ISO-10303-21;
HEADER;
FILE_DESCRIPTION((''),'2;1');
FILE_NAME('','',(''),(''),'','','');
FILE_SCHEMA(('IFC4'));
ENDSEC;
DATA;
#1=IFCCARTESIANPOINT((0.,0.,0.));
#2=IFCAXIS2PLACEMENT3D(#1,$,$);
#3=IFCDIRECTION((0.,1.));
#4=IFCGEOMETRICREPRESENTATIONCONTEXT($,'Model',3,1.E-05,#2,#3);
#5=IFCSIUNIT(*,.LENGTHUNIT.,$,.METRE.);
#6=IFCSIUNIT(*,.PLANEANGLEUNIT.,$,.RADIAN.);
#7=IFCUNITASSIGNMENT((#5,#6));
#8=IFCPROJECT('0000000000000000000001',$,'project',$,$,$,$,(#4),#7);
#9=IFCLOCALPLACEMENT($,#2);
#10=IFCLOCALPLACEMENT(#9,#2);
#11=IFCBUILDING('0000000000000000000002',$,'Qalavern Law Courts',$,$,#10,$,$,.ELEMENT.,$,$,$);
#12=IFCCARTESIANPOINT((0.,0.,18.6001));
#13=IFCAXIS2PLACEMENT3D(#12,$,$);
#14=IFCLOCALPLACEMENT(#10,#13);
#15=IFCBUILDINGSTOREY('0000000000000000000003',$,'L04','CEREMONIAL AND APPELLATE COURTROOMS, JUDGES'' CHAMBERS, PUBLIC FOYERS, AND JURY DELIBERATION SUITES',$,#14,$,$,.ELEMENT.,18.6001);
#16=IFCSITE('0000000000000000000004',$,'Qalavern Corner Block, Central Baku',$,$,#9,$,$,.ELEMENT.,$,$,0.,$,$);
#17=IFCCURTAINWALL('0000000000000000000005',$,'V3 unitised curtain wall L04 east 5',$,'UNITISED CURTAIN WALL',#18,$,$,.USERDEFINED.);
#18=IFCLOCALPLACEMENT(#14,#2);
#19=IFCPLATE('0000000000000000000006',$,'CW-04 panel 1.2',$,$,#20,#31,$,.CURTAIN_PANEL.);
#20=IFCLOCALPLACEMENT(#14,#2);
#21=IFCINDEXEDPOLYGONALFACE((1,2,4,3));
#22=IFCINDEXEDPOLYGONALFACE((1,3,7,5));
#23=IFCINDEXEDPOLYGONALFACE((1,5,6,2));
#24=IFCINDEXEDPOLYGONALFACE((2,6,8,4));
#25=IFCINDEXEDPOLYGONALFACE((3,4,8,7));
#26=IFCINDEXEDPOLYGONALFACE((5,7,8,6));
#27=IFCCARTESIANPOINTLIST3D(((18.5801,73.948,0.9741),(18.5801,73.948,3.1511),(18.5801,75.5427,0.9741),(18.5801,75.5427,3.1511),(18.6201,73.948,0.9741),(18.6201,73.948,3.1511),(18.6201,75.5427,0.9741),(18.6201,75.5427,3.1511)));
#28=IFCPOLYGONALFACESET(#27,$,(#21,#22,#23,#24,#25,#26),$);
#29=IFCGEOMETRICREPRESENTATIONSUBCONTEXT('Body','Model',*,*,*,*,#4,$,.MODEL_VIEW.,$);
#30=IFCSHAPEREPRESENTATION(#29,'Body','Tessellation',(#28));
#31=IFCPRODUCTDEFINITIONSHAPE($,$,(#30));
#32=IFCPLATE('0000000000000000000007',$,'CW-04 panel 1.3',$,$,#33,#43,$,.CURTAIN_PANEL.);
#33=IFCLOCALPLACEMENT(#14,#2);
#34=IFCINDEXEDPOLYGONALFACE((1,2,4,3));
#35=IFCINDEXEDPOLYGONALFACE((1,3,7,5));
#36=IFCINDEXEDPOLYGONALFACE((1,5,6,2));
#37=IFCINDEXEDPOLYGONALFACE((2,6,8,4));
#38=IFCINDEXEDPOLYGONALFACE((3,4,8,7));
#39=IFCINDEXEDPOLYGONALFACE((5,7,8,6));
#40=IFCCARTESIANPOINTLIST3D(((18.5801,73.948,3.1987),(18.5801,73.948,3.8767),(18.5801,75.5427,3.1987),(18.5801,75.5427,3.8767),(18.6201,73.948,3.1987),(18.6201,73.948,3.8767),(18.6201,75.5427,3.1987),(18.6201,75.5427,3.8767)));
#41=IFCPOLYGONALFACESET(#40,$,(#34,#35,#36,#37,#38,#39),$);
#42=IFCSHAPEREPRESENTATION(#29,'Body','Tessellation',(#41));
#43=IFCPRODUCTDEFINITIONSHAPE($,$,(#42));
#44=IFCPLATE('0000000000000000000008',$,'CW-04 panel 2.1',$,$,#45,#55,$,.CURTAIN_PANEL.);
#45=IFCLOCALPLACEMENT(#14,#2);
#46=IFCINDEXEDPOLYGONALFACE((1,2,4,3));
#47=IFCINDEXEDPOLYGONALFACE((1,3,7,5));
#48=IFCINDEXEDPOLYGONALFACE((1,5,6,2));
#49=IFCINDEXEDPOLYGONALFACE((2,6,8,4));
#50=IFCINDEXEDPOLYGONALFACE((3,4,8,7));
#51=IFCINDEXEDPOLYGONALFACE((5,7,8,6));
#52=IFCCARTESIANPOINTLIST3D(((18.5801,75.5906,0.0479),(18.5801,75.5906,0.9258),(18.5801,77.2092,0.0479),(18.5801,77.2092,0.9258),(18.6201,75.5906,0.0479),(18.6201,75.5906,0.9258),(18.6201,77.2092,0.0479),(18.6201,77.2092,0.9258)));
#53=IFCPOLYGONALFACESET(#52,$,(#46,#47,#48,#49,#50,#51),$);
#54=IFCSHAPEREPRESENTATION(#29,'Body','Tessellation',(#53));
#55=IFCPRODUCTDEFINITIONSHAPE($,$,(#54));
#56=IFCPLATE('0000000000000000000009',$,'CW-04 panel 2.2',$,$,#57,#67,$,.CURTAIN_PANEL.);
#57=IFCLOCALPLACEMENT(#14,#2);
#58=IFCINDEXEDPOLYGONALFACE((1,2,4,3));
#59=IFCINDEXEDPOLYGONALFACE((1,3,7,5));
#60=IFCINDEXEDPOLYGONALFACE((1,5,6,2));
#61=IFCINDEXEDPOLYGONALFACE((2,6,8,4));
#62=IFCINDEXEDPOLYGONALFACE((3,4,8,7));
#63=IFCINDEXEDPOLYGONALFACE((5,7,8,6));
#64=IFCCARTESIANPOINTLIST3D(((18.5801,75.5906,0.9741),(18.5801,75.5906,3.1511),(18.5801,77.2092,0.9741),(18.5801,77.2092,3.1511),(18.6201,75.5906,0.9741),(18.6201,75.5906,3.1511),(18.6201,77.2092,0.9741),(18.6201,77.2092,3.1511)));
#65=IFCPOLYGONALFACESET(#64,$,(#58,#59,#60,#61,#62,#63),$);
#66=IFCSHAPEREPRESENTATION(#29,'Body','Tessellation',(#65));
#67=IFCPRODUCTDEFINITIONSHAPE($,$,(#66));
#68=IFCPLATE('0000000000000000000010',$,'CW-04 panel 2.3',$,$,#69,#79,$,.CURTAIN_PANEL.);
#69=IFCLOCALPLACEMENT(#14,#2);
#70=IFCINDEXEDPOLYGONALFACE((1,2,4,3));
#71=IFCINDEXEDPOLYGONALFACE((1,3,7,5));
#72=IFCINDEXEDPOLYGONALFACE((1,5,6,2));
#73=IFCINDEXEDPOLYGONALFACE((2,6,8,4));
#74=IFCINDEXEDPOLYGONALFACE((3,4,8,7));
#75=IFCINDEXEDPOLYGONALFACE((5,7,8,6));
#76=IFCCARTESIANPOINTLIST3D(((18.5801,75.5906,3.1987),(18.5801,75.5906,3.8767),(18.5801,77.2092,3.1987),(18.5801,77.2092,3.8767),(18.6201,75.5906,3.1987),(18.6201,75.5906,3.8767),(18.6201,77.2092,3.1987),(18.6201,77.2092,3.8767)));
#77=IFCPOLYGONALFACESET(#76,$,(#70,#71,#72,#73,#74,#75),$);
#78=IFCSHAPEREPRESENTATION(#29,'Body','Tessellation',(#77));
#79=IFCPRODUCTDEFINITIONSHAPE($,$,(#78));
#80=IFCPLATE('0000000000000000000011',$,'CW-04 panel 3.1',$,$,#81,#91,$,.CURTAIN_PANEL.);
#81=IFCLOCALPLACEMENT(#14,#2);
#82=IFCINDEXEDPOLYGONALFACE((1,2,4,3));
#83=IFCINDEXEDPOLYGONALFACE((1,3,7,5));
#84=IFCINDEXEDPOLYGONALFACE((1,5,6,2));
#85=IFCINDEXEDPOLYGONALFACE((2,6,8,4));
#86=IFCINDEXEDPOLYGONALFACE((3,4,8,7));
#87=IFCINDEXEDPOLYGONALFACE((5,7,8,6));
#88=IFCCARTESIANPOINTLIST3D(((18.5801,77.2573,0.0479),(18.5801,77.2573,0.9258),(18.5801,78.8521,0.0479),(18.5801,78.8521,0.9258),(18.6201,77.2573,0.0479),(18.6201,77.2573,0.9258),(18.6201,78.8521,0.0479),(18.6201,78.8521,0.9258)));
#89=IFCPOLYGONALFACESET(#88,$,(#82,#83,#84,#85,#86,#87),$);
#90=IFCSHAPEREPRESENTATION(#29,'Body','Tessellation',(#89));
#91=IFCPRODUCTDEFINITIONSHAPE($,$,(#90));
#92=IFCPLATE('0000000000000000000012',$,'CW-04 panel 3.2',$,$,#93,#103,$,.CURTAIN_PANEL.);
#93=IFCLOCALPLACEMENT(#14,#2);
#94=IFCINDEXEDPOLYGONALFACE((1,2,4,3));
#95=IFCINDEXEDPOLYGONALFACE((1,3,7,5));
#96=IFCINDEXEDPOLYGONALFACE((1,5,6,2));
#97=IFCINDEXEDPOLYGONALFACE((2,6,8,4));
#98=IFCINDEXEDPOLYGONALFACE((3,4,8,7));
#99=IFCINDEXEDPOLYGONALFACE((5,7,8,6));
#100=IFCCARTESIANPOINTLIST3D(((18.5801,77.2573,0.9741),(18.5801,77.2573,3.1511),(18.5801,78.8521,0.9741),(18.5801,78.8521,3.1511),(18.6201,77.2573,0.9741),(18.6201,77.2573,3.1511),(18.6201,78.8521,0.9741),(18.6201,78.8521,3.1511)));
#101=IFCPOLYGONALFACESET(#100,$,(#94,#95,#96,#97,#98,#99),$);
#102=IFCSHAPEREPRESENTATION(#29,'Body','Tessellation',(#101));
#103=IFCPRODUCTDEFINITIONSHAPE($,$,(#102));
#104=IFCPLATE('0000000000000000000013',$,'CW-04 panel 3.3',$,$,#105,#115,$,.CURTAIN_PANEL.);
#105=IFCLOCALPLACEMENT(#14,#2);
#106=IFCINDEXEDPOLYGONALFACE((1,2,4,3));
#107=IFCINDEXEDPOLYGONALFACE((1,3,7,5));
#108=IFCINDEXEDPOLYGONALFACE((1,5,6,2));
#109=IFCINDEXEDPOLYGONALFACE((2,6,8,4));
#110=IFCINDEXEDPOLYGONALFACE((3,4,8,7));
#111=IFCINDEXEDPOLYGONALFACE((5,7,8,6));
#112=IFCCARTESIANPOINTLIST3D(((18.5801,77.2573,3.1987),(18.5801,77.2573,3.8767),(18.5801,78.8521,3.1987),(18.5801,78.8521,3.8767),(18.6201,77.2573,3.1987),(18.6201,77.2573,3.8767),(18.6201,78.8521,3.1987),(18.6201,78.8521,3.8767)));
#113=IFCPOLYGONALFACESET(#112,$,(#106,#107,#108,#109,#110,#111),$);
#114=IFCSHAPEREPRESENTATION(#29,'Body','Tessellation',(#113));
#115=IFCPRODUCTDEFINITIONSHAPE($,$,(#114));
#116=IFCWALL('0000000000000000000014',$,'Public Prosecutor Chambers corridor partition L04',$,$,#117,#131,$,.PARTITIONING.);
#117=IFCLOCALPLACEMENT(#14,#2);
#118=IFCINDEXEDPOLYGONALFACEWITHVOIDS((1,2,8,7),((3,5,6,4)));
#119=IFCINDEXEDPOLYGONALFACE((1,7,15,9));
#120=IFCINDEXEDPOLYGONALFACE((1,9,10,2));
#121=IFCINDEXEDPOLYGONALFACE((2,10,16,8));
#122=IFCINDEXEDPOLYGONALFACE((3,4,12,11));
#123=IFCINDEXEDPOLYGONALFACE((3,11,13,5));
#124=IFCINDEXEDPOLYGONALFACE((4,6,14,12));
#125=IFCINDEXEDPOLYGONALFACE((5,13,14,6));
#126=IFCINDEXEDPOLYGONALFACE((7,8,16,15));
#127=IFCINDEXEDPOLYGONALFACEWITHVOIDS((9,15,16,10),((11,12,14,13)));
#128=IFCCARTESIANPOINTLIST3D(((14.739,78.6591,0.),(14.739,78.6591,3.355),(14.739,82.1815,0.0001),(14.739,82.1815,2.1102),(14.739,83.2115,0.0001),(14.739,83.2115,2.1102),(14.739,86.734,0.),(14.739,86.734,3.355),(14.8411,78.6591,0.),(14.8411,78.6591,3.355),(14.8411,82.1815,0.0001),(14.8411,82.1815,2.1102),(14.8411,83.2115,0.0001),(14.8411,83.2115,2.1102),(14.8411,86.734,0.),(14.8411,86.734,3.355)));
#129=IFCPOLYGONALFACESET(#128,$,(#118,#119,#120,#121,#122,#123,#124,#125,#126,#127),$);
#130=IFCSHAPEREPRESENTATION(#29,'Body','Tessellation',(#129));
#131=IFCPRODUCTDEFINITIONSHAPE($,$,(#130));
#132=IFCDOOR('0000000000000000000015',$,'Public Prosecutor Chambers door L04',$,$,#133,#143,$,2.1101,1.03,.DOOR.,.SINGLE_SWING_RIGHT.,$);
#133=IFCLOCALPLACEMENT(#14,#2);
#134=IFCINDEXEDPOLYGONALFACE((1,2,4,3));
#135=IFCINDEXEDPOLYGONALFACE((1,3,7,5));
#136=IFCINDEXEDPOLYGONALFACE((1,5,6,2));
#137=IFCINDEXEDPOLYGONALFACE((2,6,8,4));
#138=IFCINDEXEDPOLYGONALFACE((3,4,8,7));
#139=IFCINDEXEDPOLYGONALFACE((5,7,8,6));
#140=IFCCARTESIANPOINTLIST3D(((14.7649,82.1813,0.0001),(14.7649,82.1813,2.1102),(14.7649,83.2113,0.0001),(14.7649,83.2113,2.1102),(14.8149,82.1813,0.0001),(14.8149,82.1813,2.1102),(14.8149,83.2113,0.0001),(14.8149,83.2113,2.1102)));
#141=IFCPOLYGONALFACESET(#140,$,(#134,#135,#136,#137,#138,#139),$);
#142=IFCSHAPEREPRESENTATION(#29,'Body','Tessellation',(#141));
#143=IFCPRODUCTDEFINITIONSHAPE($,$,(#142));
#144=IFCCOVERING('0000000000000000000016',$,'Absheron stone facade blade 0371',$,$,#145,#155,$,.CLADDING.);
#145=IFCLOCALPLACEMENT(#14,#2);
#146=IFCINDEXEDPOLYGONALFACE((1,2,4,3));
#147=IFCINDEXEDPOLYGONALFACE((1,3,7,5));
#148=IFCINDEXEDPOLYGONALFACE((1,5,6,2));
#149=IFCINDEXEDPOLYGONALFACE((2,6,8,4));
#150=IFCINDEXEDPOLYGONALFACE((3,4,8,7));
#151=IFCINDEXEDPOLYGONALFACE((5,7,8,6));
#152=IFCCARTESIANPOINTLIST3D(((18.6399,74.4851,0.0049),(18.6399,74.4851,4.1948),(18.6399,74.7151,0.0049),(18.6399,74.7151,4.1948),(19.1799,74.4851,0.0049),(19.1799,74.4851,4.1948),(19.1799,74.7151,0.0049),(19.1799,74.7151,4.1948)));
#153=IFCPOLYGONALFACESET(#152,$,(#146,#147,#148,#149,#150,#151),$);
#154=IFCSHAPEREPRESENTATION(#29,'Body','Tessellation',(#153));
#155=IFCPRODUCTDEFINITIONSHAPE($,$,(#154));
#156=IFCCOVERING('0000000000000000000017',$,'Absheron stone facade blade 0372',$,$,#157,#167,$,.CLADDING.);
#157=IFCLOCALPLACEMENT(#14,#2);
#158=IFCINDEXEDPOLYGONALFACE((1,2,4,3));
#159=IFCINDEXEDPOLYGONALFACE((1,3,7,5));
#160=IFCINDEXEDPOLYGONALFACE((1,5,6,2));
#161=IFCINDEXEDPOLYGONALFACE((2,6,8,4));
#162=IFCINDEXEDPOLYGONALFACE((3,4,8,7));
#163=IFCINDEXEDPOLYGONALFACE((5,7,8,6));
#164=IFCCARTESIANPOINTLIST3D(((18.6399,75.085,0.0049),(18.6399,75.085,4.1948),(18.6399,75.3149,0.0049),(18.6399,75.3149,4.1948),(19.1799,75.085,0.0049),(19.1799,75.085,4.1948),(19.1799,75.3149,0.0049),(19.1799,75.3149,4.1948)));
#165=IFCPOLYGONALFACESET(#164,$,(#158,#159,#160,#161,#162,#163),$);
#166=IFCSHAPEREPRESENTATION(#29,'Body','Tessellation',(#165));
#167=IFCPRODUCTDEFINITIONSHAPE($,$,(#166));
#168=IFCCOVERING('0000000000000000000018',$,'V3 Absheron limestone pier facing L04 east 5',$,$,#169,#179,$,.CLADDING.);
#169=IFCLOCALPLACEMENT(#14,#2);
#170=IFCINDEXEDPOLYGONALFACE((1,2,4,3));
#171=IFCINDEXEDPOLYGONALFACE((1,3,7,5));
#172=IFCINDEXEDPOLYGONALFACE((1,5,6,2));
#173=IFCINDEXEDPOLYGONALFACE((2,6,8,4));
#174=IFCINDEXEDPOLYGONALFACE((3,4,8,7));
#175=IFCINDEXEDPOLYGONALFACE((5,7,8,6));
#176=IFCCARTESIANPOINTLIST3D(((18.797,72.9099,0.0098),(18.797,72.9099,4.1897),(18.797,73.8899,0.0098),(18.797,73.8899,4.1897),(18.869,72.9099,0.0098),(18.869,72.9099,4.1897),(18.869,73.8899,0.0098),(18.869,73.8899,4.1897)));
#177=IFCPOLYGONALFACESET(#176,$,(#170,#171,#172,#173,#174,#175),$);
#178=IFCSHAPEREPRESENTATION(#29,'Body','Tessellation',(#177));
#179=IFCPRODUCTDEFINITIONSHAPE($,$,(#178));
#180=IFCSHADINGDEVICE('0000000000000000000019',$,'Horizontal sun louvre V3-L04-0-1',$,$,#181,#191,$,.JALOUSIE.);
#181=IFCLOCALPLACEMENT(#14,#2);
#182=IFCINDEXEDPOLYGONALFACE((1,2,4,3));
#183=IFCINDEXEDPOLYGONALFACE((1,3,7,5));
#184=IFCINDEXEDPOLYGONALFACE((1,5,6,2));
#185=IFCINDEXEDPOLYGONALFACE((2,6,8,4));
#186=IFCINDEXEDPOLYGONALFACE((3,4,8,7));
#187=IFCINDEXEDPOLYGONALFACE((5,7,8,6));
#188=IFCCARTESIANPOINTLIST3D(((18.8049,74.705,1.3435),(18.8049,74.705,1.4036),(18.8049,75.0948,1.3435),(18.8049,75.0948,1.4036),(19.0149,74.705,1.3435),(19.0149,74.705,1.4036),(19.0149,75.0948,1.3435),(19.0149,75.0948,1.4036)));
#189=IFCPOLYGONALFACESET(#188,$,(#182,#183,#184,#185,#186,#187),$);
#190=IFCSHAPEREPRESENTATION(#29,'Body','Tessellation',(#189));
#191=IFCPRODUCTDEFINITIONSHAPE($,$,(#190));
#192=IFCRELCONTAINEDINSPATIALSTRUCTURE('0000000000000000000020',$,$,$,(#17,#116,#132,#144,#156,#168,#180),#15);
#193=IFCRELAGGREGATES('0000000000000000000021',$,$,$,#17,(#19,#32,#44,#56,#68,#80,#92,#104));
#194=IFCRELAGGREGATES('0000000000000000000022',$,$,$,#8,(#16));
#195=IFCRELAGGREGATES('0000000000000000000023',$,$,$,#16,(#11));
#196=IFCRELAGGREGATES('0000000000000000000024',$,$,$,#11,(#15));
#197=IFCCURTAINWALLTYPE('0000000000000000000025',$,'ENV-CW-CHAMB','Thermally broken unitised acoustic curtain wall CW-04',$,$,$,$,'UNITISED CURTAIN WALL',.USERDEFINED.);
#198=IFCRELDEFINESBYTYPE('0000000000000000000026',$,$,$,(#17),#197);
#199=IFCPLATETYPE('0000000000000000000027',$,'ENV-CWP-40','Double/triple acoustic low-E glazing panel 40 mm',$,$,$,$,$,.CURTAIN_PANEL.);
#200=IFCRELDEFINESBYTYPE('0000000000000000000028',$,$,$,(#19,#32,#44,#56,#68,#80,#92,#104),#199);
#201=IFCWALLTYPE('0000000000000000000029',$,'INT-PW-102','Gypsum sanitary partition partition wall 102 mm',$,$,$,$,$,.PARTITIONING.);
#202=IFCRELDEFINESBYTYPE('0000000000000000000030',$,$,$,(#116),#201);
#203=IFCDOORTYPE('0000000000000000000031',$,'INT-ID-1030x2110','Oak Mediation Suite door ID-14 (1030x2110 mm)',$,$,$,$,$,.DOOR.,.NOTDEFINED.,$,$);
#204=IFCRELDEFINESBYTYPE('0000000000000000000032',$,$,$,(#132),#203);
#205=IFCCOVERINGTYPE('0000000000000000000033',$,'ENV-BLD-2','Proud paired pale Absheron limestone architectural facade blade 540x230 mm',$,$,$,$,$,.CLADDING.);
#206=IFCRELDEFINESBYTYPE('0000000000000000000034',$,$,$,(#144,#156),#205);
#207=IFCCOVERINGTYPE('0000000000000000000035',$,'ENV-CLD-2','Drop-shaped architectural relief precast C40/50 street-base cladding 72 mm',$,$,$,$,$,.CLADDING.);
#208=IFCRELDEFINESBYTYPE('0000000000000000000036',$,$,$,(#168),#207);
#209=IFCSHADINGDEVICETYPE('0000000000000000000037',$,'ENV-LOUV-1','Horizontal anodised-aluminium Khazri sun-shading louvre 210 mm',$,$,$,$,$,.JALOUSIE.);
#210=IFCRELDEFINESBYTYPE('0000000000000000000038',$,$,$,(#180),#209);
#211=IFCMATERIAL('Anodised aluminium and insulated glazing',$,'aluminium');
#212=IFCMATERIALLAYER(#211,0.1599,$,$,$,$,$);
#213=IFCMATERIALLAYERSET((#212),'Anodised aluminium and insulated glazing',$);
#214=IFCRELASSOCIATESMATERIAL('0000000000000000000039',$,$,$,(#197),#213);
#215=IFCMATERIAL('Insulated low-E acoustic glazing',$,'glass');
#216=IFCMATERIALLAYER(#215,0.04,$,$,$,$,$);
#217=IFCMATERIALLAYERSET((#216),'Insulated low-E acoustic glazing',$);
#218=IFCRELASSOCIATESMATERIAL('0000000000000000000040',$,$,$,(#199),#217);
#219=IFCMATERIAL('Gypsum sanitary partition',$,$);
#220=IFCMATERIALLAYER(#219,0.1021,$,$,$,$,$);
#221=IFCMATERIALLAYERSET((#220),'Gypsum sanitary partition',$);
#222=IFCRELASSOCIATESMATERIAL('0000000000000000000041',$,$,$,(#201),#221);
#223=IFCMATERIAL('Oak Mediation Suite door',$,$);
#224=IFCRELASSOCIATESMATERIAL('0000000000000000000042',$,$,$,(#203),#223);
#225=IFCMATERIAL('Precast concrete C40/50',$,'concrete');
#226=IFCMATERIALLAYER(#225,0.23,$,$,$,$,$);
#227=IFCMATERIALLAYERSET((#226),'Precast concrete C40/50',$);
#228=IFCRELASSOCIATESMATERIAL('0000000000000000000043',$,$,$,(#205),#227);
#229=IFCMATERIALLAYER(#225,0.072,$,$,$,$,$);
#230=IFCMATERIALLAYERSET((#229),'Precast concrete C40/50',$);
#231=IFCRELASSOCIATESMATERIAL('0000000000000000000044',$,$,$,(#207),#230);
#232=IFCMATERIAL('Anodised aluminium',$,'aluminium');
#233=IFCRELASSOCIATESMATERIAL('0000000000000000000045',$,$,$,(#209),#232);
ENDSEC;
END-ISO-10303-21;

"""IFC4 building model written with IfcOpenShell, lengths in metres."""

from ifc_helpers import new_model, si_unit, direction, frame, frame_2d, origin, origin_2d, place, context, subcontext, project, spatial, rectangle, extrude, material, layer, layer_set, type_object, element, fill, aggregate, save


model = new_model("IFC4")

# Units and contexts
model_context = context("Model", 3, precision=1e-05, world=origin(), true_north=direction((0.0, 1.0)))
body_context = subcontext(model_context, "Body", "Model", "MODEL_VIEW")
ifc_project = project(units=[si_unit("LENGTHUNIT", "METRE"), si_unit("PLANEANGLEUNIT", "RADIAN")], contexts=[model_context])

# Site, building, storey
site_placement = place(None, origin())
site = spatial("IfcSite", under=ifc_project, at=site_placement, Name="Qalavern Corner Block, Central Baku", CompositionType="ELEMENT", RefElevation=0.0)
building_placement = place(site_placement, origin())
building = spatial("IfcBuilding", under=site, at=building_placement, Name="Qalavern Law Courts", CompositionType="ELEMENT")
storey_placement = place(building_placement, frame((0.0, 0.0, 18.6001)))
storey = spatial("IfcBuildingStorey", under=building, at=storey_placement, Name="L04", Description="CEREMONIAL AND APPELLATE COURTROOMS, JUDGES' CHAMBERS, PUBLIC FOYERS, AND JURY DELIBERATION SUITES", CompositionType="ELEMENT", Elevation=18.6001)

# Curtain wall
ifc_material_1 = material(Name="Anodised aluminium and insulated glazing", Category="aluminium")
ifc_layer_1 = layer(ifc_material_1, 0.1599)
ifc_layer_set_1 = layer_set([ifc_layer_1], Name="Anodised aluminium and insulated glazing")
curtain_wall_type = type_object("IfcCurtainWallType", Name="ENV-CW-CHAMB", Description="Thermally broken unitised acoustic curtain wall CW-04", ElementType="UNITISED CURTAIN WALL", PredefinedType="USERDEFINED", material=ifc_layer_set_1)
curtain_wall_placement = place(storey_placement, origin())
curtain_wall = element("IfcCurtainWall", 1, at=curtain_wall_placement, inside=storey, type_object=curtain_wall_type, Name="V3 unitised curtain wall L04 east 5", ObjectType="UNITISED CURTAIN WALL", PredefinedType="USERDEFINED")
ifc_material_2 = material(Name="Anodised aluminium", Category="aluminium")

# Plates
ifc_material_3 = material(Name="Insulated low-E acoustic glazing", Category="glass")
ifc_layer_2 = layer(ifc_material_3, 0.04)
ifc_layer_set_2 = layer_set([ifc_layer_2], Name="Insulated low-E acoustic glazing")
plate_type = type_object("IfcPlateType", Name="ENV-CWP-40", Description="Double/triple acoustic low-E glazing panel 40 mm", PredefinedType="CURTAIN_PANEL", material=ifc_layer_set_2)
plate_1_placement = place(storey_placement, frame((18.6001, 74.7454, 0.9741), z_axis=(0.0, 0.0, 1.0), x_axis=(0.0, 1.0, 0.0)))
plate_1 = element("IfcPlate", 2, at=plate_1_placement, type_object=plate_type, Name="CW-04 panel 1.2", PredefinedType="CURTAIN_PANEL", context=body_context, shape_type="SweptSolid", body=[
    extrude(rectangle(XDim=1.5947, YDim=0.04, at=origin_2d()), origin(), (0.0, 0.0, 1.0), 2.177),
])
plate_2_placement = place(storey_placement, frame((18.6001, 74.7454, 3.1987), z_axis=(0.0, 0.0, 1.0), x_axis=(0.0, 1.0, 0.0)))
plate_2 = element("IfcPlate", 3, at=plate_2_placement, type_object=plate_type, Name="CW-04 panel 1.3", PredefinedType="CURTAIN_PANEL", context=body_context, shape_type="SweptSolid", body=[
    extrude(rectangle(XDim=1.5947, YDim=0.04, at=origin_2d()), origin(), (0.0, 0.0, 1.0), 0.678),
])
plate_3_placement = place(storey_placement, frame((18.6001, 76.3999, 0.0479), z_axis=(0.0, 0.0, 1.0), x_axis=(0.0, 1.0, 0.0)))
plate_3 = element("IfcPlate", 4, at=plate_3_placement, type_object=plate_type, Name="CW-04 panel 2.1", PredefinedType="CURTAIN_PANEL", context=body_context, shape_type="SweptSolid", body=[
    extrude(rectangle(XDim=1.6187, YDim=0.04, at=origin_2d()), origin(), (0.0, 0.0, 1.0), 0.8779),
])
plate_4_placement = place(storey_placement, frame((18.6001, 76.3999, 0.9741), z_axis=(0.0, 0.0, 1.0), x_axis=(0.0, 1.0, 0.0)))
plate_4 = element("IfcPlate", 5, at=plate_4_placement, type_object=plate_type, Name="CW-04 panel 2.2", PredefinedType="CURTAIN_PANEL", context=body_context, shape_type="SweptSolid", body=[
    extrude(rectangle(XDim=1.6187, YDim=0.04, at=origin_2d()), origin(), (0.0, 0.0, 1.0), 2.177),
])
plate_5_placement = place(storey_placement, frame((18.6001, 76.3999, 3.1987), z_axis=(0.0, 0.0, 1.0), x_axis=(0.0, 1.0, 0.0)))
plate_5 = element("IfcPlate", 6, at=plate_5_placement, type_object=plate_type, Name="CW-04 panel 2.3", PredefinedType="CURTAIN_PANEL", context=body_context, shape_type="SweptSolid", body=[
    extrude(rectangle(XDim=1.6187, YDim=0.04, at=origin_2d()), origin(), (0.0, 0.0, 1.0), 0.678),
])
plate_6_placement = place(storey_placement, frame((18.6001, 78.0547, 0.0479), z_axis=(0.0, 0.0, 1.0), x_axis=(0.0, 1.0, 0.0)))
plate_6 = element("IfcPlate", 7, at=plate_6_placement, type_object=plate_type, Name="CW-04 panel 3.1", PredefinedType="CURTAIN_PANEL", context=body_context, shape_type="SweptSolid", body=[
    extrude(rectangle(XDim=1.5947, YDim=0.04, at=origin_2d()), origin(), (0.0, 0.0, 1.0), 0.8779),
])
plate_7_placement = place(storey_placement, frame((18.6001, 78.0547, 0.9741), z_axis=(0.0, 0.0, 1.0), x_axis=(0.0, 1.0, 0.0)))
plate_7 = element("IfcPlate", 8, at=plate_7_placement, type_object=plate_type, Name="CW-04 panel 3.2", PredefinedType="CURTAIN_PANEL", context=body_context, shape_type="SweptSolid", body=[
    extrude(rectangle(XDim=1.5947, YDim=0.04, at=origin_2d()), origin(), (0.0, 0.0, 1.0), 2.177),
])
plate_8_placement = place(storey_placement, frame((18.6001, 78.0547, 3.1987), z_axis=(0.0, 0.0, 1.0), x_axis=(0.0, 1.0, 0.0)))
plate_8 = element("IfcPlate", 9, at=plate_8_placement, type_object=plate_type, Name="CW-04 panel 3.3", PredefinedType="CURTAIN_PANEL", context=body_context, shape_type="SweptSolid", body=[
    extrude(rectangle(XDim=1.5947, YDim=0.04, at=origin_2d()), origin(), (0.0, 0.0, 1.0), 0.678),
])
aggregate(curtain_wall, [plate_1, plate_2, plate_3, plate_4, plate_5, plate_6, plate_7, plate_8])

# Wall, opening, door
ifc_material_4 = material(Name="Gypsum sanitary partition")
ifc_layer_3 = layer(ifc_material_4, 0.1021)
ifc_layer_set_3 = layer_set([ifc_layer_3], Name="Gypsum sanitary partition")
wall_type = type_object("IfcWallType", Name="INT-PW-102", Description="Gypsum sanitary partition partition wall 102 mm", PredefinedType="PARTITIONING", material=ifc_layer_set_3)
wall_placement = place(storey_placement, frame((14.79, 78.6589, 0.0), z_axis=(0.0, 0.0, 1.0), x_axis=(0.0, 1.0, 0.0)))
wall = element("IfcWall", 10, at=wall_placement, inside=storey, type_object=wall_type, Name="Public Prosecutor Chambers corridor partition L04", PredefinedType="PARTITIONING", context=body_context, shape_type="SweptSolid", body=[
    extrude(rectangle(XDim=8.075, YDim=0.1021, at=frame_2d((4.0376, 0.0))), origin(), (0.0, 0.0, 1.0), 3.355),
])
opening_placement = place(wall_placement, frame((3.5225, 0.0, 0.0)))
opening = element("IfcOpeningElement", 11, at=opening_placement, cuts=wall, PredefinedType="OPENING", context=body_context, shape_type="SweptSolid", body=[
    extrude(rectangle(XDim=1.03, YDim=2.1101, at=frame_2d((0.5151, 1.0552))), frame((0.0, 0.0659, 0.0), z_axis=(0.0, -1.0, 0.0), x_axis=(1.0, 0.0, 0.0)), (0.0, 0.0, 1.0), 0.1318),
])
ifc_material_5 = material(Name="Oak Mediation Suite door")
door_type = type_object("IfcDoorType", Name="INT-ID-1030x2110", Description="Oak Mediation Suite door ID-14 (1030x2110 mm)", OperationType="NOTDEFINED", PredefinedType="DOOR", material=ifc_material_5)
door_placement = place(opening_placement, frame((1.03, 0.0, 0.0), z_axis=(0.0, 0.0, 1.0), x_axis=(-1.0, 0.0, 0.0)))
door = element("IfcDoor", 12, at=door_placement, inside=storey, type_object=door_type, Name="Public Prosecutor Chambers door L04", OperationType="SINGLE_SWING_RIGHT", OverallHeight=2.1101, OverallWidth=1.03, PredefinedType="DOOR", context=body_context, shape_type="SweptSolid", body=[
    extrude(rectangle(XDim=1.03, YDim=2.1101, at=frame_2d((0.5151, 1.0552))), frame((0.0, 0.0249, 0.0), z_axis=(0.0, -1.0, 0.0), x_axis=(1.0, 0.0, 0.0)), (0.0, 0.0, 1.0), 0.05),
])
fill(opening, door)

# Coverings
ifc_material_6 = material(Name="Precast concrete C40/50", Category="concrete")
ifc_layer_4 = layer(ifc_material_6, 0.23)
ifc_layer_set_4 = layer_set([ifc_layer_4], Name="Precast concrete C40/50")
covering_type_1 = type_object("IfcCoveringType", Name="ENV-BLD-2", Description="Proud paired pale Absheron limestone architectural facade blade 540x230 mm", PredefinedType="CLADDING", material=ifc_layer_set_4)
for number, where, z_axis, x_axis, name in (
    (13, (18.9099, 74.6001, 0.0049), (0.0, 0.0, 1.0), (1.0, 0.0, 0.0), "Absheron stone facade blade 0371"),
    (14, (18.9099, 75.2, 0.0049), (0.0, 0.0, 1.0), (1.0, 0.0, 0.0), "Absheron stone facade blade 0372"),
):
    element("IfcCovering", number, at=place(storey_placement, frame(where, z_axis=z_axis, x_axis=x_axis)), inside=storey, type_object=covering_type_1, Name=name, PredefinedType="CLADDING", context=body_context, shape_type="SweptSolid", body=[
        extrude(rectangle(XDim=0.54, YDim=0.23, at=origin_2d()), origin(), (0.0, 0.0, 1.0), 4.1899),
    ])
ifc_layer_5 = layer(ifc_material_6, 0.072)
ifc_layer_set_5 = layer_set([ifc_layer_5], Name="Precast concrete C40/50")
covering_type_2 = type_object("IfcCoveringType", Name="ENV-CLD-2", Description="Drop-shaped architectural relief precast C40/50 street-base cladding 72 mm", PredefinedType="CLADDING", material=ifc_layer_set_5)
covering_placement = place(storey_placement, frame((18.833, 73.3999, 0.0098), z_axis=(0.0, 0.0, 1.0), x_axis=(0.0, 1.0, 0.0)))
element("IfcCovering", 15, at=covering_placement, inside=storey, type_object=covering_type_2, Name="V3 Absheron limestone pier facing L04 east 5", PredefinedType="CLADDING", context=body_context, shape_type="SweptSolid", body=[
    extrude(rectangle(XDim=0.98, YDim=0.072, at=origin_2d()), origin(), (0.0, 0.0, 1.0), 4.1799),
])

# Shading device
shading_device_type = type_object("IfcShadingDeviceType", Name="ENV-LOUV-1", Description="Horizontal anodised-aluminium Khazri sun-shading louvre 210 mm", PredefinedType="JALOUSIE", material=ifc_material_2)
for number, where, z_axis, x_axis, name in (
    (16, (18.9099, 74.8999, 1.3435), (0.0, 0.0, 1.0), (0.0, 1.0, 0.0), "Horizontal sun louvre V3-L04-0-1"),
):
    element("IfcShadingDevice", number, at=place(storey_placement, frame(where, z_axis=z_axis, x_axis=x_axis)), inside=storey, type_object=shading_device_type, Name=name, PredefinedType="JALOUSIE", context=body_context, shape_type="SweptSolid", body=[
        extrude(rectangle(XDim=0.3899, YDim=0.21, at=origin_2d()), origin(), (0.0, 0.0, 1.0), 0.0601),
    ])

save(model, "model.ifc")
